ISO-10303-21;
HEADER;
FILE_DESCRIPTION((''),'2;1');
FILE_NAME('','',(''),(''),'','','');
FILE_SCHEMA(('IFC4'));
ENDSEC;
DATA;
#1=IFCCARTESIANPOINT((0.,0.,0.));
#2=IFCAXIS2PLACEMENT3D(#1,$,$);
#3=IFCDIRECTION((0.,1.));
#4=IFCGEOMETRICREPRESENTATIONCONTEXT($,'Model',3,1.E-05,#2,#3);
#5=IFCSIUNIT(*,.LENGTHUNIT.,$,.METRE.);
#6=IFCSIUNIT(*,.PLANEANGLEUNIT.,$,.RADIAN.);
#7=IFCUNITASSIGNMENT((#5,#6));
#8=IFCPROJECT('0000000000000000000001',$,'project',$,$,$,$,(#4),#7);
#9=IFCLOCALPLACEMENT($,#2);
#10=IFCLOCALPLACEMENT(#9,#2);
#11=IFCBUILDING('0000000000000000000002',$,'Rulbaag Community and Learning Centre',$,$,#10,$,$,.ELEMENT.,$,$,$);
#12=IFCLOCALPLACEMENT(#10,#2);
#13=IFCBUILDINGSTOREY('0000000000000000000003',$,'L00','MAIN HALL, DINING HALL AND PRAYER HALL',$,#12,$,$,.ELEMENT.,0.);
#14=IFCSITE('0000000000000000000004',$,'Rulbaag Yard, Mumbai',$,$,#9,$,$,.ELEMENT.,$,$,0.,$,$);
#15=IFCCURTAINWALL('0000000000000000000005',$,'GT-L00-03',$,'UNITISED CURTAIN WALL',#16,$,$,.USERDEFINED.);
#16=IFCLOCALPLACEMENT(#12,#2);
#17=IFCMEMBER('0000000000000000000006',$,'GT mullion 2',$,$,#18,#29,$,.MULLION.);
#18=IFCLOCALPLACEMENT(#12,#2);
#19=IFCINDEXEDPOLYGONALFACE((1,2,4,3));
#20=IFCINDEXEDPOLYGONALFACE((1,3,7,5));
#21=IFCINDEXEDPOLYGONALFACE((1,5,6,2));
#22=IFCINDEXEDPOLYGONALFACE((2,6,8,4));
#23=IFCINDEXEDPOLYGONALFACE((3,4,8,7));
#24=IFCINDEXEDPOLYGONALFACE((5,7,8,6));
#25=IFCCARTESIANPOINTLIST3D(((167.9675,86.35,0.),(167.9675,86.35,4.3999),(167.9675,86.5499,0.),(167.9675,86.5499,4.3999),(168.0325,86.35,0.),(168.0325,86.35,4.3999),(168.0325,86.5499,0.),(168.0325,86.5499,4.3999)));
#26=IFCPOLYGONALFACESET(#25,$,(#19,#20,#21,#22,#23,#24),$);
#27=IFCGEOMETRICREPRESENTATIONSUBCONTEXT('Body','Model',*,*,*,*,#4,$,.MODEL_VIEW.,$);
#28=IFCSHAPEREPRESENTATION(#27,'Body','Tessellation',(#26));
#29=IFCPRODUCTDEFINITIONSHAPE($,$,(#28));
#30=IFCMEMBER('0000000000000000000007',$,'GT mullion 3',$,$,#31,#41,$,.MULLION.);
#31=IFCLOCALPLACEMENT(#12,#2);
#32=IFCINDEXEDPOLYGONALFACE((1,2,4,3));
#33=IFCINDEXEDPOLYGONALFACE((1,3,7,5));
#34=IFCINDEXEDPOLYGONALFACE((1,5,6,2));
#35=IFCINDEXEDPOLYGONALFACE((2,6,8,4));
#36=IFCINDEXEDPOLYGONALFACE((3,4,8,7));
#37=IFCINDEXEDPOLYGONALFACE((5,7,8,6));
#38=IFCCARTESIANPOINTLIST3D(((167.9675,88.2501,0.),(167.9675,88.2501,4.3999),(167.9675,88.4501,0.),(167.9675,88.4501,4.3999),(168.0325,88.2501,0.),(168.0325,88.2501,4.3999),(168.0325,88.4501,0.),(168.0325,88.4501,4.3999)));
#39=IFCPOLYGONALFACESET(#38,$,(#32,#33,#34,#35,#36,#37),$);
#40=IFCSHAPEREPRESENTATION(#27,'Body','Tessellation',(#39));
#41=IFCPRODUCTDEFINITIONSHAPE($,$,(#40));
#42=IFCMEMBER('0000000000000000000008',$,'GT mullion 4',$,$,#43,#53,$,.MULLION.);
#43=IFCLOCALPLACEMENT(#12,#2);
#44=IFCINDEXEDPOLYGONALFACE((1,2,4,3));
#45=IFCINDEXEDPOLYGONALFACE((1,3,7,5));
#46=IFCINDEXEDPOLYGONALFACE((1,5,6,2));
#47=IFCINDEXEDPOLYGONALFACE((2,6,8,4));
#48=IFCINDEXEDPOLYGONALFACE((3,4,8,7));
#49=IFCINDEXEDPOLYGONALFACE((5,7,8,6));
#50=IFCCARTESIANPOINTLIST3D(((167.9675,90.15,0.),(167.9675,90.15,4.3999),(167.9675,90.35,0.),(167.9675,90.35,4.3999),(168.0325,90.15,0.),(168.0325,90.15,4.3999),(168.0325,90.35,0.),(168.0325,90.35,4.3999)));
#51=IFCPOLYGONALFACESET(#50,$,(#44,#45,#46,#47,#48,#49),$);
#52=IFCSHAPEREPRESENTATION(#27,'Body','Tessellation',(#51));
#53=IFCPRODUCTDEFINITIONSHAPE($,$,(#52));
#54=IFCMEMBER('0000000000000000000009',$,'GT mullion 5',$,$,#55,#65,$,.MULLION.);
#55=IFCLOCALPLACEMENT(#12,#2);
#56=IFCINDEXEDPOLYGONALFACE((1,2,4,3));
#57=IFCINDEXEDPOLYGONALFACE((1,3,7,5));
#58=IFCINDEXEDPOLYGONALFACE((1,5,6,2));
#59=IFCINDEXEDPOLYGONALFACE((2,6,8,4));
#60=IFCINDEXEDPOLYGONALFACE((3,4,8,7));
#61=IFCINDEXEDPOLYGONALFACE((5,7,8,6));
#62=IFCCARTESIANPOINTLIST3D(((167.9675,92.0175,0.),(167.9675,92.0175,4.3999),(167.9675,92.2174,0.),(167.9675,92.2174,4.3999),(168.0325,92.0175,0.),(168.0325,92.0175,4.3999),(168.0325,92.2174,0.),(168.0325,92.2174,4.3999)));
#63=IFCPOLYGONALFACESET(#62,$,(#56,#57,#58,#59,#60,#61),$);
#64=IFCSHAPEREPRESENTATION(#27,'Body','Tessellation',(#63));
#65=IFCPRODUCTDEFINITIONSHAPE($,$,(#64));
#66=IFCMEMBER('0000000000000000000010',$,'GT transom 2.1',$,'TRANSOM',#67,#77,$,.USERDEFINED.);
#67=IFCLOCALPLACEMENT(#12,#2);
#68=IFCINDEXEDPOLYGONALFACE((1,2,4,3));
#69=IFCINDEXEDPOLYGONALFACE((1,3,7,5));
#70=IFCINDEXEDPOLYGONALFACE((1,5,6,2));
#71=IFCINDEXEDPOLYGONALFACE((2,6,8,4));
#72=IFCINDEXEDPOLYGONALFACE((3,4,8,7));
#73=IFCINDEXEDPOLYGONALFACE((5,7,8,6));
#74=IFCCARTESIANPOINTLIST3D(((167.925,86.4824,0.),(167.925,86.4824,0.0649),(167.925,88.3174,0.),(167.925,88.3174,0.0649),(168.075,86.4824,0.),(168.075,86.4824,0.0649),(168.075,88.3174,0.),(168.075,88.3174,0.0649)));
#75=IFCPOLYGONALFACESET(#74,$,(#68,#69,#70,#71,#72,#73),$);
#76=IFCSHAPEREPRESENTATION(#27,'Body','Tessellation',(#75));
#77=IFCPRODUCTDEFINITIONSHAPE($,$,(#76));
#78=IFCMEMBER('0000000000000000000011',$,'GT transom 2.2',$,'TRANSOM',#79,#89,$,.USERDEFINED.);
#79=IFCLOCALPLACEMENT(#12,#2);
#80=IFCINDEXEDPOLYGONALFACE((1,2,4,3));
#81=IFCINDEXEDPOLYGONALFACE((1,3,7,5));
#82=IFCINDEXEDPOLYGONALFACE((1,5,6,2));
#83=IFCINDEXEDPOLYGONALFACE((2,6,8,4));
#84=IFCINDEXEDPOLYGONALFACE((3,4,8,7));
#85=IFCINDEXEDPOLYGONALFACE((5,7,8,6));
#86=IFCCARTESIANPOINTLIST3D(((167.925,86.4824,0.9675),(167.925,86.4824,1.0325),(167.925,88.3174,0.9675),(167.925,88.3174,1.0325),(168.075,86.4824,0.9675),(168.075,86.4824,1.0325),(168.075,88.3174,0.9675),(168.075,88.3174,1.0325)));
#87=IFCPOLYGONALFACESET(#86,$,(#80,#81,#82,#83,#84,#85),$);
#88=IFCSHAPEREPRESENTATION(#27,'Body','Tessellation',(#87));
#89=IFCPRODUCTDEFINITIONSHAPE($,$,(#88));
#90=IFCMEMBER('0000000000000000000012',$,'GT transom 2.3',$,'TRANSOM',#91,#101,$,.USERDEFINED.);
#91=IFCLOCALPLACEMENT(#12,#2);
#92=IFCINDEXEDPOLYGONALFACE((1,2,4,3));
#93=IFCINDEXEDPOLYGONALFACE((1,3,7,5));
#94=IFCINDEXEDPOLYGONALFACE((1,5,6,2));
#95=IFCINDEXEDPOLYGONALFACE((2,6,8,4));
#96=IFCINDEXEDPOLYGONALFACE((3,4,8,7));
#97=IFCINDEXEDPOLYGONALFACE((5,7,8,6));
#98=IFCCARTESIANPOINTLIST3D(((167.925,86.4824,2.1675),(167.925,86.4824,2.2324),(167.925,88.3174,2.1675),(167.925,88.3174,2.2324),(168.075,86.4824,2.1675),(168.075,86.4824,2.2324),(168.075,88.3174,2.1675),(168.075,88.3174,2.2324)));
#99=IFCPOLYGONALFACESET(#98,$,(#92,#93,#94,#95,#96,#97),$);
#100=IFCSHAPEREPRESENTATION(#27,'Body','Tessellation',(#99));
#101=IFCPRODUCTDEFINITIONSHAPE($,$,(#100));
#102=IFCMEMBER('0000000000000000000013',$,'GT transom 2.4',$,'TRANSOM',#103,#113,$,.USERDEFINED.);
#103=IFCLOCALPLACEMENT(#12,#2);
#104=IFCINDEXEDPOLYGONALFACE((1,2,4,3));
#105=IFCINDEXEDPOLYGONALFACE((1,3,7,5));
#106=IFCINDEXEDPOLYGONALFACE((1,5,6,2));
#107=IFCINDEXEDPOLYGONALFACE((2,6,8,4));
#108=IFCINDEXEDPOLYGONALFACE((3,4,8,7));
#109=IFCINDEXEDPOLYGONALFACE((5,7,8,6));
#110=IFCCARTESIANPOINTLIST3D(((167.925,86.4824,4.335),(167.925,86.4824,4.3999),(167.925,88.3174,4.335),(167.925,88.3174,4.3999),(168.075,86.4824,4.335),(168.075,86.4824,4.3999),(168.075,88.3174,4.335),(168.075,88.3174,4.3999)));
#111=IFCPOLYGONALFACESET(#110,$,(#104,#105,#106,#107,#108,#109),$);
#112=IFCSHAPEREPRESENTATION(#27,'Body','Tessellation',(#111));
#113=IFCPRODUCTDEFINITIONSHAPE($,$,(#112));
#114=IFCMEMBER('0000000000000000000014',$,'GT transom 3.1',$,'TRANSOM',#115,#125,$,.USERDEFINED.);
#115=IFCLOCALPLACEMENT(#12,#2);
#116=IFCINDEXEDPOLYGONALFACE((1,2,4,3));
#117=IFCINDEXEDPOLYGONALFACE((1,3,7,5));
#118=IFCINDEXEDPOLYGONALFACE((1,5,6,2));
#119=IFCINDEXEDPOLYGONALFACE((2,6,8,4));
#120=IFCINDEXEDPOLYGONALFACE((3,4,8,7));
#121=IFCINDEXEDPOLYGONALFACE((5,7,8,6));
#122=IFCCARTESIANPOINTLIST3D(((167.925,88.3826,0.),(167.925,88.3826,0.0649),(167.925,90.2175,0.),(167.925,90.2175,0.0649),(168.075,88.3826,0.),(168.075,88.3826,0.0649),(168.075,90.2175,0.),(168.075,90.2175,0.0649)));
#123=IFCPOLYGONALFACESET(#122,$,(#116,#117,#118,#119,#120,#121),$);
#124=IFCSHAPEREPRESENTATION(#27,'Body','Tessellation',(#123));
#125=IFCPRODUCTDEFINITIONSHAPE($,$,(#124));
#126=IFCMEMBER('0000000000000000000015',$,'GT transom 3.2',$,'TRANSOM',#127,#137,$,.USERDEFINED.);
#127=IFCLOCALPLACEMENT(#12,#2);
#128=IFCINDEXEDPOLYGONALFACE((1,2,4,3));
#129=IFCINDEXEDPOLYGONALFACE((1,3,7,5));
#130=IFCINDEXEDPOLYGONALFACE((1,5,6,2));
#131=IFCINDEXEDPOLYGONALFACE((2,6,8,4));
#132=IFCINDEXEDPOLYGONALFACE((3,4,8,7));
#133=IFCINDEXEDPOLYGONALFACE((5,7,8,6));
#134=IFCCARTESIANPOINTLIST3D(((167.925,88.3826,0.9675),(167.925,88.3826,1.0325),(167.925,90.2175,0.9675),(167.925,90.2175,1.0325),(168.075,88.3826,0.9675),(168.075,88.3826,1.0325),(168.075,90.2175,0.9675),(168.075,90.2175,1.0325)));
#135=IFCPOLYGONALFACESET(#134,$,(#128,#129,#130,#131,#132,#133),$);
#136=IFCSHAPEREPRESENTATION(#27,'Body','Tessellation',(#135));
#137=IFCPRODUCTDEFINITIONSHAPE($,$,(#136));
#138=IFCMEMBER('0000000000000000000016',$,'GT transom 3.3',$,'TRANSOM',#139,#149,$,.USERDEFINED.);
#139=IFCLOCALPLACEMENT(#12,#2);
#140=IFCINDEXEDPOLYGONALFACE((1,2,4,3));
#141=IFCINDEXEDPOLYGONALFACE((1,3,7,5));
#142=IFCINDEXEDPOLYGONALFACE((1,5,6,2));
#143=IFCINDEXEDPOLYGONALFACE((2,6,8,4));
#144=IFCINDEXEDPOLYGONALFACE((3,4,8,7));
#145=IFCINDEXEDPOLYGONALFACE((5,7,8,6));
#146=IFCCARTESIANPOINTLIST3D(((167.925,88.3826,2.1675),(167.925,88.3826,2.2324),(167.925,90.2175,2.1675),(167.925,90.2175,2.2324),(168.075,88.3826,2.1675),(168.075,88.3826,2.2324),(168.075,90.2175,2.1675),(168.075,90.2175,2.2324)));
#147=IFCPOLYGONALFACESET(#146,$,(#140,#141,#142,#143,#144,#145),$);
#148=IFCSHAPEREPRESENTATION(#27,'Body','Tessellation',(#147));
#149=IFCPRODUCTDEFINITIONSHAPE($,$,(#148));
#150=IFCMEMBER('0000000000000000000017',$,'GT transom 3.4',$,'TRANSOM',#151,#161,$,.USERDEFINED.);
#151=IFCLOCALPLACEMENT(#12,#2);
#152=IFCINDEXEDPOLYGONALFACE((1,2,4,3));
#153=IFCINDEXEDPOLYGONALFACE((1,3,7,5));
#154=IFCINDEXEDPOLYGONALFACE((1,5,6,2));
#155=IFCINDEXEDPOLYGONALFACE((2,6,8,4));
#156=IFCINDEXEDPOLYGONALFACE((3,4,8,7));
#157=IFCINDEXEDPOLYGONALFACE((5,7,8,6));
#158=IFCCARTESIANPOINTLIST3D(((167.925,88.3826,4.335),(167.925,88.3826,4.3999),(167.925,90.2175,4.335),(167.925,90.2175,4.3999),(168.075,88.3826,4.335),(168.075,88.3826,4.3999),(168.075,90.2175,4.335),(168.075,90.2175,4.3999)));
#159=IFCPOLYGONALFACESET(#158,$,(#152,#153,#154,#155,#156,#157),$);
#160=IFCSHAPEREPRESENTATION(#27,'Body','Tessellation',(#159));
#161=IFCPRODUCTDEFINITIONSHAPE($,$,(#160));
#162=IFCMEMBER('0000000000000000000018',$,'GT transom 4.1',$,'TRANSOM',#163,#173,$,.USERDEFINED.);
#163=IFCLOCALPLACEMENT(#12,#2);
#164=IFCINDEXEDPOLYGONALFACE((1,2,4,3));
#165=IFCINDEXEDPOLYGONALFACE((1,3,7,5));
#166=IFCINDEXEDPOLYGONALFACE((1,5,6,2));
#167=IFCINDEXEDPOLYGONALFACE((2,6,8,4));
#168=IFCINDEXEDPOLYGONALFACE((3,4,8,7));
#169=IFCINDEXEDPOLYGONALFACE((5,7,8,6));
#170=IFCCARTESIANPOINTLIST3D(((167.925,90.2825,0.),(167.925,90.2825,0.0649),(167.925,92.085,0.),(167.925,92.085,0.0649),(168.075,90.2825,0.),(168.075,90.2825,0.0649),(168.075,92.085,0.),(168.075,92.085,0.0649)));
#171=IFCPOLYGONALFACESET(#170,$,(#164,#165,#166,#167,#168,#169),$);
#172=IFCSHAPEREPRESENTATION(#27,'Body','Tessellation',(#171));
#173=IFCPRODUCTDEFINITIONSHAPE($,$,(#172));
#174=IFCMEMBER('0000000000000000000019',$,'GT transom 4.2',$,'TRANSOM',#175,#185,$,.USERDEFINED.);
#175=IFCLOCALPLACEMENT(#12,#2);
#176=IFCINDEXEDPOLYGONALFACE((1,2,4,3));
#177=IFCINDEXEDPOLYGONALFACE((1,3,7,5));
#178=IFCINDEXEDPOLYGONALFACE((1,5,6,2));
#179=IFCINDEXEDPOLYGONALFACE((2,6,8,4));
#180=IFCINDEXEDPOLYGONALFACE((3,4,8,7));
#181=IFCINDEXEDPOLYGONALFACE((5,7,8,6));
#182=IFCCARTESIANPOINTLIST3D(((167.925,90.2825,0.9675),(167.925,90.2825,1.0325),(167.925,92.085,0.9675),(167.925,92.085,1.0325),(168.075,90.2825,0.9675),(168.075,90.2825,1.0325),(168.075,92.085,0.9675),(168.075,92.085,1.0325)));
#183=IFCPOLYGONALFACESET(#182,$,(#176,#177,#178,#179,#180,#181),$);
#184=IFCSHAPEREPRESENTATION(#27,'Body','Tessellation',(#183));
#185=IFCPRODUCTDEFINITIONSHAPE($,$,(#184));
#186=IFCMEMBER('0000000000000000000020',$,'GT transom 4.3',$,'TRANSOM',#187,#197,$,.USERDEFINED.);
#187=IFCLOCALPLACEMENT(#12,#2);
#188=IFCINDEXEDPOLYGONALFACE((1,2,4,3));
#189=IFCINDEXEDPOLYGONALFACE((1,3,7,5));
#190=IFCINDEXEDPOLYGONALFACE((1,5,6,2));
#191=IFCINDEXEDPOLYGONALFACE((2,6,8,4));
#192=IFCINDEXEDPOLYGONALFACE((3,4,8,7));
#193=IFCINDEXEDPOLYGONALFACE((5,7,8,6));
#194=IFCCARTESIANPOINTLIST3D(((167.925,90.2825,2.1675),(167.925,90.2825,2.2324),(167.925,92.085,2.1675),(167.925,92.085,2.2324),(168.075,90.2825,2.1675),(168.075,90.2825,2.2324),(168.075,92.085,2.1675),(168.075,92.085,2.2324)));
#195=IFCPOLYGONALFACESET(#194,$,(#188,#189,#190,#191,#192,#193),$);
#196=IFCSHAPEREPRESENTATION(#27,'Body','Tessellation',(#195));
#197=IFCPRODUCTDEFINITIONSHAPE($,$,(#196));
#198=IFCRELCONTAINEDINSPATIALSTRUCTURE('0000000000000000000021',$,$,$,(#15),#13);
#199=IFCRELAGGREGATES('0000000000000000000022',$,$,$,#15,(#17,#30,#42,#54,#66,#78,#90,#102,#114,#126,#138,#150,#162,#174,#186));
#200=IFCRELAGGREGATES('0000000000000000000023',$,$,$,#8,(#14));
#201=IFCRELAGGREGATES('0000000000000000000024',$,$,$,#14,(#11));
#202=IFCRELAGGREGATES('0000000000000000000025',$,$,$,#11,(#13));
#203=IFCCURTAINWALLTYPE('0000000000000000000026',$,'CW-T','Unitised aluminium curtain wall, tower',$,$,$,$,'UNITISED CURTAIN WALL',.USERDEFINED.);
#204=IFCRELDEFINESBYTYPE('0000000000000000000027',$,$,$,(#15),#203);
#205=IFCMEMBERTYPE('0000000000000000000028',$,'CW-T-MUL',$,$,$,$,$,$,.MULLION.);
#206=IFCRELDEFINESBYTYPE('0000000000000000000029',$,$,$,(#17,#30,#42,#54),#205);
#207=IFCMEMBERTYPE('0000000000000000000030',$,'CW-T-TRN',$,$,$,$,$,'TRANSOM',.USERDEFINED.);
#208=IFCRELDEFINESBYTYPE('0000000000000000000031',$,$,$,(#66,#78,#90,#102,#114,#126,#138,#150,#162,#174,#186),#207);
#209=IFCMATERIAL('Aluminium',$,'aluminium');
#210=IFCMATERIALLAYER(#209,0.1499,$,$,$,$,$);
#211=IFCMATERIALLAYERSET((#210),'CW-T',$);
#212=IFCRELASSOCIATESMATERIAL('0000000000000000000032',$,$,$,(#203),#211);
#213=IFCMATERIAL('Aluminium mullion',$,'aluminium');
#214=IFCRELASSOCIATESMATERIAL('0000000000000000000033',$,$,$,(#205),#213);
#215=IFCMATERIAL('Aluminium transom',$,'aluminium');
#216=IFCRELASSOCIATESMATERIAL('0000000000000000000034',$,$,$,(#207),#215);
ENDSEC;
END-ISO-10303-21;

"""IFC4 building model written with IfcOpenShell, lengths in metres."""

from ifc_helpers import new_model, si_unit, direction, frame, origin, origin_2d, place, context, subcontext, project, spatial, rectangle, extrude, material, layer, layer_set, material_profile, profile_set, type_object, element, aggregate, save


model = new_model("IFC4")

# Units and contexts
model_context = context("Model", 3, precision=1e-05, world=origin(), true_north=direction((0.0, 1.0)))
body_context = subcontext(model_context, "Body", "Model", "MODEL_VIEW")
ifc_project = project(units=[si_unit("LENGTHUNIT", "METRE"), si_unit("PLANEANGLEUNIT", "RADIAN")], contexts=[model_context])

# Site, building, storey
site_placement = place(None, origin())
site = spatial("IfcSite", under=ifc_project, at=site_placement, Name="Rulbaag Yard, Mumbai", CompositionType="ELEMENT", RefElevation=0.0)
building_placement = place(site_placement, origin())
building = spatial("IfcBuilding", under=site, at=building_placement, Name="Rulbaag Community and Learning Centre", CompositionType="ELEMENT")
storey_placement = place(building_placement, origin())
storey = spatial("IfcBuildingStorey", under=building, at=storey_placement, Name="L00", Description="MAIN HALL, DINING HALL AND PRAYER HALL", CompositionType="ELEMENT", Elevation=0.0)

# Curtain wall, members
ifc_material_1 = material(Name="Aluminium", Category="aluminium")
ifc_layer_1 = layer(ifc_material_1, 0.1499)
ifc_layer_set_1 = layer_set([ifc_layer_1], Name="CW-T")
curtain_wall_type = type_object("IfcCurtainWallType", Name="CW-T", Description="Unitised aluminium curtain wall, tower", ElementType="UNITISED CURTAIN WALL", PredefinedType="USERDEFINED", material=ifc_layer_set_1)
curtain_wall_placement = place(storey_placement, origin())
curtain_wall = element("IfcCurtainWall", 1, at=curtain_wall_placement, inside=storey, type_object=curtain_wall_type, Name="GT-L00-03", ObjectType="UNITISED CURTAIN WALL", PredefinedType="USERDEFINED")
ifc_material_2 = material(Name="Aluminium mullion", Category="aluminium")
ifc_material_profile_1 = material_profile(ifc_material_2, rectangle(XDim=0.0649, YDim=0.2, at=origin_2d()), Name="AL 65x200")
ifc_profile_set_1 = profile_set([ifc_material_profile_1], Name="Aluminium mullion")
member_type_1 = type_object("IfcMemberType", Name="CW-T-MUL", PredefinedType="MULLION", material=ifc_profile_set_1)
member_1_placement = place(storey_placement, frame((168.0, 86.45, 0.0), z_axis=(0.0, 0.0, 1.0), x_axis=(-1.0, 0.0, 0.0)))
member_1 = element("IfcMember", 2, at=member_1_placement, type_object=member_type_1, Name="GT mullion 2", PredefinedType="MULLION", context=body_context, shape_type="SweptSolid", body=[
    extrude(rectangle(XDim=0.0649, YDim=0.2, at=origin_2d()), origin(), (0.0, 0.0, 1.0), 4.3999),
])
member_2_placement = place(storey_placement, frame((168.0, 88.3501, 0.0), z_axis=(0.0, 0.0, 1.0), x_axis=(-1.0, 0.0, 0.0)))
member_2 = element("IfcMember", 3, at=member_2_placement, type_object=member_type_1, Name="GT mullion 3", PredefinedType="MULLION", context=body_context, shape_type="SweptSolid", body=[
    extrude(rectangle(XDim=0.0649, YDim=0.2, at=origin_2d()), origin(), (0.0, 0.0, 1.0), 4.3999),
])
member_3_placement = place(storey_placement, frame((168.0, 90.25, 0.0), z_axis=(0.0, 0.0, 1.0), x_axis=(-1.0, 0.0, 0.0)))
member_3 = element("IfcMember", 4, at=member_3_placement, type_object=member_type_1, Name="GT mullion 4", PredefinedType="MULLION", context=body_context, shape_type="SweptSolid", body=[
    extrude(rectangle(XDim=0.0649, YDim=0.2, at=origin_2d()), origin(), (0.0, 0.0, 1.0), 4.3999),
])
member_4_placement = place(storey_placement, frame((168.0, 92.1174, 0.0), z_axis=(0.0, 0.0, 1.0), x_axis=(-1.0, 0.0, 0.0)))
member_4 = element("IfcMember", 5, at=member_4_placement, type_object=member_type_1, Name="GT mullion 5", PredefinedType="MULLION", context=body_context, shape_type="SweptSolid", body=[
    extrude(rectangle(XDim=0.0649, YDim=0.2, at=origin_2d()), origin(), (0.0, 0.0, 1.0), 4.3999),
])
ifc_material_3 = material(Name="Aluminium transom", Category="aluminium")
ifc_material_profile_2 = material_profile(ifc_material_3, rectangle(XDim=0.1499, YDim=0.0649, at=origin_2d()), Name="AL 65x150 T")
ifc_profile_set_2 = profile_set([ifc_material_profile_2], Name="Aluminium transom")
member_type_2 = type_object("IfcMemberType", Name="CW-T-TRN", ElementType="TRANSOM", PredefinedType="USERDEFINED", material=ifc_profile_set_2)
member_5_placement = place(storey_placement, frame((168.0, 86.4824, 0.0325), z_axis=(0.0, 1.0, 0.0), x_axis=(-1.0, 0.0, 0.0)))
member_5 = element("IfcMember", 6, at=member_5_placement, type_object=member_type_2, Name="GT transom 2.1", ObjectType="TRANSOM", PredefinedType="USERDEFINED", context=body_context, shape_type="SweptSolid", body=[
    extrude(rectangle(XDim=0.1499, YDim=0.0649, at=origin_2d()), origin(), (0.0, 0.0, 1.0), 1.835),
])
member_6_placement = place(storey_placement, frame((168.0, 86.4824, 1.0), z_axis=(0.0, 1.0, 0.0), x_axis=(-1.0, 0.0, 0.0)))
member_6 = element("IfcMember", 7, at=member_6_placement, type_object=member_type_2, Name="GT transom 2.2", ObjectType="TRANSOM", PredefinedType="USERDEFINED", context=body_context, shape_type="SweptSolid", body=[
    extrude(rectangle(XDim=0.1499, YDim=0.0649, at=origin_2d()), origin(), (0.0, 0.0, 1.0), 1.835),
])
member_7_placement = place(storey_placement, frame((168.0, 86.4824, 2.2), z_axis=(0.0, 1.0, 0.0), x_axis=(-1.0, 0.0, 0.0)))
member_7 = element("IfcMember", 8, at=member_7_placement, type_object=member_type_2, Name="GT transom 2.3", ObjectType="TRANSOM", PredefinedType="USERDEFINED", context=body_context, shape_type="SweptSolid", body=[
    extrude(rectangle(XDim=0.1499, YDim=0.0649, at=origin_2d()), origin(), (0.0, 0.0, 1.0), 1.835),
])
member_8_placement = place(storey_placement, frame((168.0, 86.4824, 4.3674), z_axis=(0.0, 1.0, 0.0), x_axis=(-1.0, 0.0, 0.0)))
member_8 = element("IfcMember", 9, at=member_8_placement, type_object=member_type_2, Name="GT transom 2.4", ObjectType="TRANSOM", PredefinedType="USERDEFINED", context=body_context, shape_type="SweptSolid", body=[
    extrude(rectangle(XDim=0.1499, YDim=0.0649, at=origin_2d()), origin(), (0.0, 0.0, 1.0), 1.835),
])
member_9_placement = place(storey_placement, frame((168.0, 88.3826, 0.0325), z_axis=(0.0, 1.0, 0.0), x_axis=(-1.0, 0.0, 0.0)))
member_9 = element("IfcMember", 10, at=member_9_placement, type_object=member_type_2, Name="GT transom 3.1", ObjectType="TRANSOM", PredefinedType="USERDEFINED", context=body_context, shape_type="SweptSolid", body=[
    extrude(rectangle(XDim=0.1499, YDim=0.0649, at=origin_2d()), origin(), (0.0, 0.0, 1.0), 1.835),
])
member_10_placement = place(storey_placement, frame((168.0, 88.3826, 1.0), z_axis=(0.0, 1.0, 0.0), x_axis=(-1.0, 0.0, 0.0)))
member_10 = element("IfcMember", 11, at=member_10_placement, type_object=member_type_2, Name="GT transom 3.2", ObjectType="TRANSOM", PredefinedType="USERDEFINED", context=body_context, shape_type="SweptSolid", body=[
    extrude(rectangle(XDim=0.1499, YDim=0.0649, at=origin_2d()), origin(), (0.0, 0.0, 1.0), 1.835),
])
member_11_placement = place(storey_placement, frame((168.0, 88.3826, 2.2), z_axis=(0.0, 1.0, 0.0), x_axis=(-1.0, 0.0, 0.0)))
member_11 = element("IfcMember", 12, at=member_11_placement, type_object=member_type_2, Name="GT transom 3.3", ObjectType="TRANSOM", PredefinedType="USERDEFINED", context=body_context, shape_type="SweptSolid", body=[
    extrude(rectangle(XDim=0.1499, YDim=0.0649, at=origin_2d()), origin(), (0.0, 0.0, 1.0), 1.835),
])
member_12_placement = place(storey_placement, frame((168.0, 88.3826, 4.3674), z_axis=(0.0, 1.0, 0.0), x_axis=(-1.0, 0.0, 0.0)))
member_12 = element("IfcMember", 13, at=member_12_placement, type_object=member_type_2, Name="GT transom 3.4", ObjectType="TRANSOM", PredefinedType="USERDEFINED", context=body_context, shape_type="SweptSolid", body=[
    extrude(rectangle(XDim=0.1499, YDim=0.0649, at=origin_2d()), origin(), (0.0, 0.0, 1.0), 1.835),
])
member_13_placement = place(storey_placement, frame((168.0, 90.2825, 0.0325), z_axis=(0.0, 1.0, 0.0), x_axis=(-1.0, 0.0, 0.0)))
member_13 = element("IfcMember", 14, at=member_13_placement, type_object=member_type_2, Name="GT transom 4.1", ObjectType="TRANSOM", PredefinedType="USERDEFINED", context=body_context, shape_type="SweptSolid", body=[
    extrude(rectangle(XDim=0.1499, YDim=0.0649, at=origin_2d()), origin(), (0.0, 0.0, 1.0), 1.8025),
])
member_14_placement = place(storey_placement, frame((168.0, 90.2825, 1.0), z_axis=(0.0, 1.0, 0.0), x_axis=(-1.0, 0.0, 0.0)))
member_14 = element("IfcMember", 15, at=member_14_placement, type_object=member_type_2, Name="GT transom 4.2", ObjectType="TRANSOM", PredefinedType="USERDEFINED", context=body_context, shape_type="SweptSolid", body=[
    extrude(rectangle(XDim=0.1499, YDim=0.0649, at=origin_2d()), origin(), (0.0, 0.0, 1.0), 1.8025),
])
member_15_placement = place(storey_placement, frame((168.0, 90.2825, 2.2), z_axis=(0.0, 1.0, 0.0), x_axis=(-1.0, 0.0, 0.0)))
member_15 = element("IfcMember", 16, at=member_15_placement, type_object=member_type_2, Name="GT transom 4.3", ObjectType="TRANSOM", PredefinedType="USERDEFINED", context=body_context, shape_type="SweptSolid", body=[
    extrude(rectangle(XDim=0.1499, YDim=0.0649, at=origin_2d()), origin(), (0.0, 0.0, 1.0), 1.8025),
])
aggregate(curtain_wall, [member_1, member_2, member_3, member_4, member_5, member_6, member_7, member_8, member_9, member_10, member_11, member_12, member_13, member_14, member_15])

save(model, "model.ifc")
